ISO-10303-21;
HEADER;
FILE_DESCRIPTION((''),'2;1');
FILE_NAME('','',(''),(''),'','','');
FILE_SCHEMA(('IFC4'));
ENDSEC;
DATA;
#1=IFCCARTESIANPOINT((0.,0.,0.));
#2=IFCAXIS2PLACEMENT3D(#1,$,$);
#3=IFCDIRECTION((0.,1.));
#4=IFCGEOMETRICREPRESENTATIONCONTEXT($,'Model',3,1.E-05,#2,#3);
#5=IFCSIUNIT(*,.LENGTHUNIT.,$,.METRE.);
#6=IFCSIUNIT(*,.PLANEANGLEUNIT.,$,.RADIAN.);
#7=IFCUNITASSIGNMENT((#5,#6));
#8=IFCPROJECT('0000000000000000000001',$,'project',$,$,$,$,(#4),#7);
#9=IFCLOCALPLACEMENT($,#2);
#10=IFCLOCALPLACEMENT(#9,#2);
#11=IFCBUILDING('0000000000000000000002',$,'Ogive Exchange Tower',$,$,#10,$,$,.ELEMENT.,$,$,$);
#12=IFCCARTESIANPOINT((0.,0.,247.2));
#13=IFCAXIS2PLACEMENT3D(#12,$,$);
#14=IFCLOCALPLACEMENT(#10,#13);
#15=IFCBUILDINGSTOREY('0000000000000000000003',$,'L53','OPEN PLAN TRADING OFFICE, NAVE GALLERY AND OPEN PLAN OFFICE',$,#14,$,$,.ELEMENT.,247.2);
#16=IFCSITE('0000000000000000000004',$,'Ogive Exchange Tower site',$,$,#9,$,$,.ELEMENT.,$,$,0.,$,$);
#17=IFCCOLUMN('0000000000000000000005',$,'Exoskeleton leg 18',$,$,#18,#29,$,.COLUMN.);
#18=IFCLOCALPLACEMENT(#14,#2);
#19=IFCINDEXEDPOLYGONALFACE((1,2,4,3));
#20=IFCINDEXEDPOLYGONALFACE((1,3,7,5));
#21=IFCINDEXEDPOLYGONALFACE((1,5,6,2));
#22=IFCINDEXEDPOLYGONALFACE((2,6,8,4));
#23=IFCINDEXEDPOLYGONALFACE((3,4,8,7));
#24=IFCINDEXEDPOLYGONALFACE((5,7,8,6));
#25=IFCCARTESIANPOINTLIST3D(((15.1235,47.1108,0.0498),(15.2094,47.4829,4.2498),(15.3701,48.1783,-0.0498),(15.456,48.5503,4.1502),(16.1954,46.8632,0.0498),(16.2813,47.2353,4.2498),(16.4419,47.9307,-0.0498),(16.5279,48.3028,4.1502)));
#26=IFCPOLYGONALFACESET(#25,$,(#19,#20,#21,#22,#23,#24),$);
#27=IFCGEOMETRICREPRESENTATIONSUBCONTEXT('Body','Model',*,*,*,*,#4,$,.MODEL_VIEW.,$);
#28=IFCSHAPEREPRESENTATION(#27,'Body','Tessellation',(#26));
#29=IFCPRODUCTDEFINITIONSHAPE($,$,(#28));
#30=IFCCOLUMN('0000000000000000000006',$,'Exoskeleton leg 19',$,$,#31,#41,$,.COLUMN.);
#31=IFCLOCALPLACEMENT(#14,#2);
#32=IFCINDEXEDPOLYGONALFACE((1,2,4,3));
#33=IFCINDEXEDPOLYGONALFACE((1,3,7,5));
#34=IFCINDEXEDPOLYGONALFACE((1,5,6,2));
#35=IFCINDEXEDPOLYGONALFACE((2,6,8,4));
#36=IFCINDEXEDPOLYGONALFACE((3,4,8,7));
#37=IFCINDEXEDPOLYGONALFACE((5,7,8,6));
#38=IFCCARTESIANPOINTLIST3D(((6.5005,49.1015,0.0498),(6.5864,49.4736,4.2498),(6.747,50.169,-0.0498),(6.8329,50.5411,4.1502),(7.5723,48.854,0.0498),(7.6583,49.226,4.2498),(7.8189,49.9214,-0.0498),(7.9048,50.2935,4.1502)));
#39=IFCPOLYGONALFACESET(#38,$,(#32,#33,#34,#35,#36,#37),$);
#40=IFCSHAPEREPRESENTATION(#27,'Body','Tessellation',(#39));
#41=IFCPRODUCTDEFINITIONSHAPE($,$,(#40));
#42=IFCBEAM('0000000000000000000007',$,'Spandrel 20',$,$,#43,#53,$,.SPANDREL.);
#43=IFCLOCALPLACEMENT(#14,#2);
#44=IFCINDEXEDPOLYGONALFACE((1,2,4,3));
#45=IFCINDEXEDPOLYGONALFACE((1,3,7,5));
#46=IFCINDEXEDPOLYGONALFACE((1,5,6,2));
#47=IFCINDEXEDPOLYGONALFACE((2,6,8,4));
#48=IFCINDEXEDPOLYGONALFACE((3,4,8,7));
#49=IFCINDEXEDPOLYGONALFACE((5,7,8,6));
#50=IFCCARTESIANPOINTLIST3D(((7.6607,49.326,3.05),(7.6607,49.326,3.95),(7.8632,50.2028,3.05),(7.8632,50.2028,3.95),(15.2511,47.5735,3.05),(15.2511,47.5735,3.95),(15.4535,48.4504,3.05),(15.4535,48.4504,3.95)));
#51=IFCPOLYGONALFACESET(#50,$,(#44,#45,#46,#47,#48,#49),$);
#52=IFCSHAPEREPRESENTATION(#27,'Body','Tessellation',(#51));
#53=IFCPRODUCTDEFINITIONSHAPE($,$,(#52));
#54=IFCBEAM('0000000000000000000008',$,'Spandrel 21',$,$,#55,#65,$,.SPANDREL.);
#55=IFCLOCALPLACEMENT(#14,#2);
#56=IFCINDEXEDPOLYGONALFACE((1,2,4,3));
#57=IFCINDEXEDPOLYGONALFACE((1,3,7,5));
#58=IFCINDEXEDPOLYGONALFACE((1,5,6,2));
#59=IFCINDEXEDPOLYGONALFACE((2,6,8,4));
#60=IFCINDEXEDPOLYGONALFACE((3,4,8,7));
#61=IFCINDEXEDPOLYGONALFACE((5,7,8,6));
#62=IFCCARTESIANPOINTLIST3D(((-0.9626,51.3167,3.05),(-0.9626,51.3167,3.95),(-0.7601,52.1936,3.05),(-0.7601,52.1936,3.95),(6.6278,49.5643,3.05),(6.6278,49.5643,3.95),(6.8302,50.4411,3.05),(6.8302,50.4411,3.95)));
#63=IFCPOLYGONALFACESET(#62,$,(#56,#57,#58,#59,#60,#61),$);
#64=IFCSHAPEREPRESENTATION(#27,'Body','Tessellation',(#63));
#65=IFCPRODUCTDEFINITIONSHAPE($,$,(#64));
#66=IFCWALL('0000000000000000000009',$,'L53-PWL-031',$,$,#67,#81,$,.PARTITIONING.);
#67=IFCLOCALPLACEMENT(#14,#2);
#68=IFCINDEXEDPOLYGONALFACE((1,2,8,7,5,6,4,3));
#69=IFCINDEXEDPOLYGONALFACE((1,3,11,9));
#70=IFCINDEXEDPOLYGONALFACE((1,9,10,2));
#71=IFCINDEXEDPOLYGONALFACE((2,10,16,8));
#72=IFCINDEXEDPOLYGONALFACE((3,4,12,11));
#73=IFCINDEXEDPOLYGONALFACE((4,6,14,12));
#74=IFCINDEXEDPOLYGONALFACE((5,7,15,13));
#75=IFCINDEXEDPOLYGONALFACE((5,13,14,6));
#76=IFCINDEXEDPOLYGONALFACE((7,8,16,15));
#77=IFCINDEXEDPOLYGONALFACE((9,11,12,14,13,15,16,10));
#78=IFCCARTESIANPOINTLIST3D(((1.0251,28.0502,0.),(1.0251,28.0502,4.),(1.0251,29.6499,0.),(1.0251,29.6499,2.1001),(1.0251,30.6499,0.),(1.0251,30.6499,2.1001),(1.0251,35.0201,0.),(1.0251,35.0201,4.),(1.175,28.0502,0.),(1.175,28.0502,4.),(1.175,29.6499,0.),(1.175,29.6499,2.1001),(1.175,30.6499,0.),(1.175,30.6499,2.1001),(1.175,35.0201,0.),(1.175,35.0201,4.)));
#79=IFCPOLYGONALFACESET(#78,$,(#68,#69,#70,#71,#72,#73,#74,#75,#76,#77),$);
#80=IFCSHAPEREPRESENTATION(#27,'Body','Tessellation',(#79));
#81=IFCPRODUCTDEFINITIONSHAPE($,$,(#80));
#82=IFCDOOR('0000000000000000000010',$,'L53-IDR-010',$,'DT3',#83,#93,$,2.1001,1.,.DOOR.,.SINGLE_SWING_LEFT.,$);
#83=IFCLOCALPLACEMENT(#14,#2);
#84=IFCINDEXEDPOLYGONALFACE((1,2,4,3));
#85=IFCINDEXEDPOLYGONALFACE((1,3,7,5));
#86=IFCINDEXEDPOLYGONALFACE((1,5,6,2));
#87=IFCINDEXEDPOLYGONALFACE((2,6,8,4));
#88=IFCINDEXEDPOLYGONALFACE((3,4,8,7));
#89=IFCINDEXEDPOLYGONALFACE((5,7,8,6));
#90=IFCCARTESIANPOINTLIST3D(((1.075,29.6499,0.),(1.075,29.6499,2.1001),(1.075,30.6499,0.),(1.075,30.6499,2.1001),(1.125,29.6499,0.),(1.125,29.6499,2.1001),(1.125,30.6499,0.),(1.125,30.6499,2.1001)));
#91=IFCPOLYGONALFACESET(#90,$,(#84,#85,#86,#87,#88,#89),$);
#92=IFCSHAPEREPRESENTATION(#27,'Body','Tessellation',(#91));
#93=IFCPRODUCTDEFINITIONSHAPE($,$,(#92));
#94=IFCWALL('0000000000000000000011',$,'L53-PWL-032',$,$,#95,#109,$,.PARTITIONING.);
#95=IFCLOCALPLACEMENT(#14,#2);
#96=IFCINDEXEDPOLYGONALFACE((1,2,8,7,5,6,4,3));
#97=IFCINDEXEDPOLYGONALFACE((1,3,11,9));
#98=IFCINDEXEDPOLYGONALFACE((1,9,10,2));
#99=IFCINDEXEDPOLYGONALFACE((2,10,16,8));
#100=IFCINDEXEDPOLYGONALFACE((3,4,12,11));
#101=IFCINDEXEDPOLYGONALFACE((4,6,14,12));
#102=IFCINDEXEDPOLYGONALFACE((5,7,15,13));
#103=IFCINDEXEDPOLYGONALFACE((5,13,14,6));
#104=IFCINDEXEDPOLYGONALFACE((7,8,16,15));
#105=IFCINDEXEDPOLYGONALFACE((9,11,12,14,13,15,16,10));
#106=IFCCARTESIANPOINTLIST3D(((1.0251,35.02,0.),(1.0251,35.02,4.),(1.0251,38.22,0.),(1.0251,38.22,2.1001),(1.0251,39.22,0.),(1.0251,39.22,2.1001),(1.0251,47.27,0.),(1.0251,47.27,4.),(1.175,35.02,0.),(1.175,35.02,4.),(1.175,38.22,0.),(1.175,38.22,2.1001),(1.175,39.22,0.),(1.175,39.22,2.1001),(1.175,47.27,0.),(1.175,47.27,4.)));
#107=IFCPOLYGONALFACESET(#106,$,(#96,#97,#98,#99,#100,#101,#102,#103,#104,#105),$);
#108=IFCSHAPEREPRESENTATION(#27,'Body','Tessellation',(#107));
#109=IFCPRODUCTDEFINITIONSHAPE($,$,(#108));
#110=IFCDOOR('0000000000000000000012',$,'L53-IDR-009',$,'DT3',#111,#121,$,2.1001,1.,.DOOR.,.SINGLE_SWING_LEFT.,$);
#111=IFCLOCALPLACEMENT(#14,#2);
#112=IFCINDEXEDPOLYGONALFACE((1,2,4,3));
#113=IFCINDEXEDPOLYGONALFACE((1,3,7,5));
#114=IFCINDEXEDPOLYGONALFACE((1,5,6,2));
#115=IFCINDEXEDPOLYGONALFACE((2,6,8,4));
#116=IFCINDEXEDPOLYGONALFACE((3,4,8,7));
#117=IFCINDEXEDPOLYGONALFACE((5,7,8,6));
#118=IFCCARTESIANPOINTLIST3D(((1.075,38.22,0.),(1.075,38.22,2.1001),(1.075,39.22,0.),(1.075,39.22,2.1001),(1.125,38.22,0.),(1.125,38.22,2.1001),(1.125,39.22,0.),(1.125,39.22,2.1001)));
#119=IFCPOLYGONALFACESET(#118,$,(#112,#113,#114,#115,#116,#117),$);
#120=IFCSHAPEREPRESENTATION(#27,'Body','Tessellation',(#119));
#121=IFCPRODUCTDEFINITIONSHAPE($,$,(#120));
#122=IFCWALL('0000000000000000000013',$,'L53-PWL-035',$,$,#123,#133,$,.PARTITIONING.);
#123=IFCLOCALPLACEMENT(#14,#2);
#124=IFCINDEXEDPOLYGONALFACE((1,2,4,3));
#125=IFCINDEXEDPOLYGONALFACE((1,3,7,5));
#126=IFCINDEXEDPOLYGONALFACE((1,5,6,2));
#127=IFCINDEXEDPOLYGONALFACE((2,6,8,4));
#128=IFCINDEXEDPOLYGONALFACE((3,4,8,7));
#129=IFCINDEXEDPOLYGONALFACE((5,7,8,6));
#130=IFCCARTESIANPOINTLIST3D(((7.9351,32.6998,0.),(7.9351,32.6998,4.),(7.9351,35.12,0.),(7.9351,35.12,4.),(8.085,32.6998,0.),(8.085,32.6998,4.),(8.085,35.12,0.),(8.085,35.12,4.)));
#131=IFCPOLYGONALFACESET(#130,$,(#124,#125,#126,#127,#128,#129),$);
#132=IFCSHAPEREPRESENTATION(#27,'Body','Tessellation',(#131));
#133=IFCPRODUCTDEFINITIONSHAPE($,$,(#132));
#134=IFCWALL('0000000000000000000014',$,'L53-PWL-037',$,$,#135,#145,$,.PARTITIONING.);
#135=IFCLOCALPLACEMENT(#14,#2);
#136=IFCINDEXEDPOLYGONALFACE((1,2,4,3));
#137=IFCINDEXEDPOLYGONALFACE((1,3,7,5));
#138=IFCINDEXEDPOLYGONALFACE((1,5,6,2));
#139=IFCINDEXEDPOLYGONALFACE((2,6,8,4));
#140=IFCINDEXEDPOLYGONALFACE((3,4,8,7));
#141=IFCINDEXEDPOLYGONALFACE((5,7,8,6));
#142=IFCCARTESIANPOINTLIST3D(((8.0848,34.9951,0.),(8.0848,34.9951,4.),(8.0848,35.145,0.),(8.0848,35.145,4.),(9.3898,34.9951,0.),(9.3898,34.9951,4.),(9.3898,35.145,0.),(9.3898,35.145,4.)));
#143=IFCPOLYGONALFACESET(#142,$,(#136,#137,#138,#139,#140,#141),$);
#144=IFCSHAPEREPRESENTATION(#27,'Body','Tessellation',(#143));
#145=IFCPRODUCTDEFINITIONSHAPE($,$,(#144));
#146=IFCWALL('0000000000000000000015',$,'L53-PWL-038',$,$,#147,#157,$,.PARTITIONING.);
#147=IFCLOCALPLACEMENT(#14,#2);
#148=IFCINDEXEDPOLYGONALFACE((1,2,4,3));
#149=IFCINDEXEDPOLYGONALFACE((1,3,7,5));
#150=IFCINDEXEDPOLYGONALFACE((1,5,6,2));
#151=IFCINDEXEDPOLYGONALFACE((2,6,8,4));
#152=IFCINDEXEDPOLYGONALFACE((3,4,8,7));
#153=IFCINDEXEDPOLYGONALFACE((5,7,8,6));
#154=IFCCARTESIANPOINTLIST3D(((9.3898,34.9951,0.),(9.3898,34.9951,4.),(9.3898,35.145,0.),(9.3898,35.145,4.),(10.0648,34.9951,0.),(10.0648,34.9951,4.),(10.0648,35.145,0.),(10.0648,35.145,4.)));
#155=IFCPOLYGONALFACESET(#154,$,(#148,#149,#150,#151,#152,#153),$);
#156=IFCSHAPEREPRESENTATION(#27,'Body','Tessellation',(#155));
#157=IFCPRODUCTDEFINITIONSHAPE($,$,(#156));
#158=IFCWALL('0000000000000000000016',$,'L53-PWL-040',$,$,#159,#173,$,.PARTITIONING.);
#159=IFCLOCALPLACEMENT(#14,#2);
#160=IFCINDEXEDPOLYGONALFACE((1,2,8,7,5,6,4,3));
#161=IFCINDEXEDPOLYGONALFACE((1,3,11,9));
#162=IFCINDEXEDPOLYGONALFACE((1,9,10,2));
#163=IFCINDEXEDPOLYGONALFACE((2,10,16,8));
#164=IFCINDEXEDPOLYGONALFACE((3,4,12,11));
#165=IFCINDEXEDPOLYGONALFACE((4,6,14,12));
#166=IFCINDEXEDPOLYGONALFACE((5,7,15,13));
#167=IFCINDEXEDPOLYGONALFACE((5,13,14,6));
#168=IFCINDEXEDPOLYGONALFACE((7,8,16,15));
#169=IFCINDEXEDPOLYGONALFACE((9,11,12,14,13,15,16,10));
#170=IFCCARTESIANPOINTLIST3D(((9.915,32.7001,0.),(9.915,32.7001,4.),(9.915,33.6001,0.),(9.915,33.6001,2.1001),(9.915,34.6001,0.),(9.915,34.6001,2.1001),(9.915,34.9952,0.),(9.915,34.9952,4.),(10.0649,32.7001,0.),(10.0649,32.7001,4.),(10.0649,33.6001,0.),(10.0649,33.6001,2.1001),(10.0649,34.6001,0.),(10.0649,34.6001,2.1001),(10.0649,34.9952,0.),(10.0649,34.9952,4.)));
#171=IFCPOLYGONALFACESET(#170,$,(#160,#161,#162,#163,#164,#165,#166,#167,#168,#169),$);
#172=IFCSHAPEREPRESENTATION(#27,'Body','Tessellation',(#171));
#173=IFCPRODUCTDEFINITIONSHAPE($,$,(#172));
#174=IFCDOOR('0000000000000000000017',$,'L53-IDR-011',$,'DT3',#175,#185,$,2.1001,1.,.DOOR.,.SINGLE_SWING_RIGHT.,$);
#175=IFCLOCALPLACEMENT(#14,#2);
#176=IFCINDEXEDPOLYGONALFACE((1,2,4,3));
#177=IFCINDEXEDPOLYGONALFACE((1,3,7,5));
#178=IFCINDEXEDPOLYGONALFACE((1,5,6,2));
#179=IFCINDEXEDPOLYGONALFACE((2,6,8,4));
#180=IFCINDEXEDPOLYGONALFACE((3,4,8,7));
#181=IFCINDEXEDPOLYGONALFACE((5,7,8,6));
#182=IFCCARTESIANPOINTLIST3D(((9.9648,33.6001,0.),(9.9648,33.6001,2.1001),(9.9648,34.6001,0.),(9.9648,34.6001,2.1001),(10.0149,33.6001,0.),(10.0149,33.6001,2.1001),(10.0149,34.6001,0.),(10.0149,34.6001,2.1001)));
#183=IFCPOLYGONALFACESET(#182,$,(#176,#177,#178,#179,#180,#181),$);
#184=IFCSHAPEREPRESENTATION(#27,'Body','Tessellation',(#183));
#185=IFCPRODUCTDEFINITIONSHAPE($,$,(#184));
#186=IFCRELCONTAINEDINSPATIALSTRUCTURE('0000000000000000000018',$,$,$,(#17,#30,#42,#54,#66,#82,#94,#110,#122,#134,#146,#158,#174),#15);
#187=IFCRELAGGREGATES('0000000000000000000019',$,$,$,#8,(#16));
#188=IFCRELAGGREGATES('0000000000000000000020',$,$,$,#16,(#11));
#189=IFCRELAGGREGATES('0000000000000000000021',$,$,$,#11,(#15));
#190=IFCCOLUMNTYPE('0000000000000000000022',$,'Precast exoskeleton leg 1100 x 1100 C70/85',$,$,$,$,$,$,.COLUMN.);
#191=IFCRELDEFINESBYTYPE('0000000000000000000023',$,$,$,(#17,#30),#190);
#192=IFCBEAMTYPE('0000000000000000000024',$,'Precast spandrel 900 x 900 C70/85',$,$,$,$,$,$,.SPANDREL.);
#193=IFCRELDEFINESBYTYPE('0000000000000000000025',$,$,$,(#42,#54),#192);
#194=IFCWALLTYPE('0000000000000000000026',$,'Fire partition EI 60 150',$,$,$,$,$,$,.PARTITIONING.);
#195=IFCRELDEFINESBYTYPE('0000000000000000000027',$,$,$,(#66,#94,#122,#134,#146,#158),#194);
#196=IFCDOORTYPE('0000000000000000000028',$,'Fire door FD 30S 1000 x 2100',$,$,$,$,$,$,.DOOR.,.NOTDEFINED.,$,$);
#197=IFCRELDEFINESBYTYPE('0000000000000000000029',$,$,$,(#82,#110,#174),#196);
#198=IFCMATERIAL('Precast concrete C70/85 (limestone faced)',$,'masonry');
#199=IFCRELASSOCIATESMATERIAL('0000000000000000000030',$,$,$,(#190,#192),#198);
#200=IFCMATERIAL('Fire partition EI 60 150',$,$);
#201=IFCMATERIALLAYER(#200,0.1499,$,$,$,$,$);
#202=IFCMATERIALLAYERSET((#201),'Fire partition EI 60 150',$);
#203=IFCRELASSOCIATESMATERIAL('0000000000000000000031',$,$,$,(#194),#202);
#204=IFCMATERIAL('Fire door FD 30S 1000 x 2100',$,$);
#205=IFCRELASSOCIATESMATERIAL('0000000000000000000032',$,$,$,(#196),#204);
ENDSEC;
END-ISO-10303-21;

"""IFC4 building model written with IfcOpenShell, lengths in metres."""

from ifc_helpers import new_model, si_unit, direction, frame, frame_2d, origin, origin_2d, place, context, subcontext, project, spatial, rectangle, extrude, material, layer, layer_set, material_profile, profile_set, type_object, element, fill, save


model = new_model("IFC4")

# Units and contexts
model_context = context("Model", 3, precision=1e-05, world=origin(), true_north=direction((0.0, 1.0)))
body_context = subcontext(model_context, "Body", "Model", "MODEL_VIEW")
ifc_project = project(units=[si_unit("LENGTHUNIT", "METRE"), si_unit("PLANEANGLEUNIT", "RADIAN")], contexts=[model_context])

# Site, building, storey
site_placement = place(None, origin())
site = spatial("IfcSite", under=ifc_project, at=site_placement, Name="Ogive Exchange Tower site", CompositionType="ELEMENT", RefElevation=0.0)
building_placement = place(site_placement, origin())
building = spatial("IfcBuilding", under=site, at=building_placement, Name="Ogive Exchange Tower", CompositionType="ELEMENT")
storey_placement = place(building_placement, frame((0.0, 0.0, 247.2)))
storey = spatial("IfcBuildingStorey", under=building, at=storey_placement, Name="L53", Description="OPEN PLAN TRADING OFFICE, NAVE GALLERY AND OPEN PLAN OFFICE", CompositionType="ELEMENT", Elevation=247.2)

# Columns
ifc_material_1 = material(Name="Precast concrete C70/85 (limestone faced)", Category="masonry")
ifc_material_profile_1 = material_profile(ifc_material_1, rectangle(XDim=1.1001, YDim=1.1001, at=origin_2d()), Name="1100 x 1100")
ifc_profile_set_1 = profile_set([ifc_material_profile_1], Name="Precast concrete C70/85 (limestone faced)")
column_type = type_object("IfcColumnType", Name="Precast exoskeleton leg 1100 x 1100 C70/85", PredefinedType="COLUMN", material=ifc_profile_set_1)
for number, where, z_axis, x_axis, name in (
    (1, (15.7827, 47.5208, 0.0), (0.020377, 0.088225, 0.995892), (-0.974348, 0.225046, 0.0), "Exoskeleton leg 18"),
    (2, (7.1597, 49.5115, 0.0), (0.020377, 0.088225, 0.995892), (-0.974348, 0.225046, 0.0), "Exoskeleton leg 19"),
):
    element("IfcColumn", number, at=place(storey_placement, frame(where, z_axis=z_axis, x_axis=x_axis)), inside=storey, type_object=column_type, Name=name, PredefinedType="COLUMN", context=body_context, shape_type="SweptSolid", body=[
        extrude(rectangle(XDim=1.1001, YDim=1.1001, at=origin_2d()), origin(), (0.0, 0.0, 1.0), 4.2173),
    ])

# Beams
ifc_material_profile_2 = material_profile(ifc_material_1, rectangle(XDim=0.8999, YDim=0.8999, at=origin_2d()), Name="900 x 900")
ifc_profile_set_2 = profile_set([ifc_material_profile_2], Name="Precast concrete C70/85 (limestone faced)")
beam_type = type_object("IfcBeamType", Name="Precast spandrel 900 x 900 C70/85", PredefinedType="SPANDREL", material=ifc_profile_set_2)
for number, where, z_axis, x_axis, name in (
    (3, (15.3523, 48.012, 3.5), (-0.974368, 0.22496, 0.0), (-0.22496, -0.974368, 0.0), "Spandrel 20"),
    (4, (6.729, 50.0027, 3.5), (-0.974368, 0.22496, 0.0), (-0.22496, -0.974368, 0.0), "Spandrel 21"),
):
    element("IfcBeam", number, at=place(storey_placement, frame(where, z_axis=z_axis, x_axis=x_axis)), inside=storey, type_object=beam_type, Name=name, PredefinedType="SPANDREL", context=body_context, shape_type="SweptSolid", body=[
        extrude(rectangle(XDim=0.8999, YDim=0.8999, at=origin_2d()), origin(), (0.0, 0.0, 1.0), 7.79),
    ])

# Walls, openings, doors
ifc_material_2 = material(Name="Fire partition EI 60 150")
ifc_layer_1 = layer(ifc_material_2, 0.1499)
ifc_layer_set_1 = layer_set([ifc_layer_1], Name="Fire partition EI 60 150")
wall_type_1 = type_object("IfcWallType", Name="Fire partition EI 60 150", PredefinedType="PARTITIONING", material=ifc_layer_set_1)
wall_1_placement = place(storey_placement, frame((1.1001, 35.02, 0.0), z_axis=(0.0, 0.0, 1.0), x_axis=(0.0, -1.0, 0.0)))
wall_1 = element("IfcWall", 5, at=wall_1_placement, inside=storey, type_object=wall_type_1, Name="L53-PWL-031", PredefinedType="PARTITIONING", context=body_context, shape_type="SweptSolid", body=[
    extrude(rectangle(XDim=6.97, YDim=0.1499, at=frame_2d((3.4849, 0.0))), origin(), (0.0, 0.0, 1.0), 4.0),
])
opening_1_placement = place(wall_1_placement, frame((4.3701, 0.0, 0.0)))
opening_1 = element("IfcOpeningElement", 6, at=opening_1_placement, cuts=wall_1, PredefinedType="OPENING", context=body_context, shape_type="SweptSolid", body=[
    extrude(rectangle(XDim=1.0, YDim=2.1001, at=frame_2d((0.5, 1.05))), frame((0.0, 0.085, 0.0), z_axis=(0.0, -1.0, 0.0), x_axis=(1.0, 0.0, 0.0)), (0.0, 0.0, 1.0), 0.1699),
])
ifc_material_3 = material(Name="Fire door FD 30S 1000 x 2100")
door_type_1 = type_object("IfcDoorType", Name="Fire door FD 30S 1000 x 2100", OperationType="NOTDEFINED", PredefinedType="DOOR", material=ifc_material_3)
door_1_placement = place(opening_1_placement, origin())
door_1 = element("IfcDoor", 7, at=door_1_placement, inside=storey, type_object=door_type_1, Name="L53-IDR-010", ObjectType="DT3", OperationType="SINGLE_SWING_LEFT", OverallHeight=2.1001, OverallWidth=1.0, PredefinedType="DOOR", context=body_context, shape_type="SweptSolid", body=[
    extrude(rectangle(XDim=1.0, YDim=2.1001, at=frame_2d((0.5, 1.05))), frame((0.0, 0.0249, 0.0), z_axis=(0.0, -1.0, 0.0), x_axis=(1.0, 0.0, 0.0)), (0.0, 0.0, 1.0), 0.05),
])
fill(opening_1, door_1)
wall_2_placement = place(storey_placement, frame((1.1001, 47.27, 0.0), z_axis=(0.0, 0.0, 1.0), x_axis=(0.0, -1.0, 0.0)))
wall_2 = element("IfcWall", 8, at=wall_2_placement, inside=storey, type_object=wall_type_1, Name="L53-PWL-032", PredefinedType="PARTITIONING", context=body_context, shape_type="SweptSolid", body=[
    extrude(rectangle(XDim=12.25, YDim=0.1499, at=frame_2d((6.125, 0.0))), origin(), (0.0, 0.0, 1.0), 4.0),
])
opening_2_placement = place(wall_2_placement, frame((8.05, 0.0, 0.0)))
opening_2 = element("IfcOpeningElement", 9, at=opening_2_placement, cuts=wall_2, PredefinedType="OPENING", context=body_context, shape_type="SweptSolid", body=[
    extrude(rectangle(XDim=1.0, YDim=2.1001, at=frame_2d((0.5, 1.05))), frame((0.0, 0.085, 0.0), z_axis=(0.0, -1.0, 0.0), x_axis=(1.0, 0.0, 0.0)), (0.0, 0.0, 1.0), 0.1699),
])
door_2_placement = place(opening_2_placement, origin())
door_2 = element("IfcDoor", 10, at=door_2_placement, inside=storey, type_object=door_type_1, Name="L53-IDR-009", ObjectType="DT3", OperationType="SINGLE_SWING_LEFT", OverallHeight=2.1001, OverallWidth=1.0, PredefinedType="DOOR", context=body_context, shape_type="SweptSolid", body=[
    extrude(rectangle(XDim=1.0, YDim=2.1001, at=frame_2d((0.5, 1.05))), frame((0.0, 0.0249, 0.0), z_axis=(0.0, -1.0, 0.0), x_axis=(1.0, 0.0, 0.0)), (0.0, 0.0, 1.0), 0.05),
])
fill(opening_2, door_2)

# Walls
wall_3_placement = place(storey_placement, frame((8.01, 32.7, 0.0), z_axis=(0.0, 0.0, 1.0), x_axis=(0.0, 1.0, 0.0)))
element("IfcWall", 11, at=wall_3_placement, inside=storey, type_object=wall_type_1, Name="L53-PWL-035", PredefinedType="PARTITIONING", context=body_context, shape_type="SweptSolid", body=[
    extrude(rectangle(XDim=2.4202, YDim=0.1499, at=frame_2d((1.21, 0.0))), origin(), (0.0, 0.0, 1.0), 4.0),
])
wall_4_placement = place(storey_placement, frame((8.085, 35.0701, 0.0), z_axis=(0.0, 0.0, 1.0), x_axis=(1.0, 0.0, 0.0)))
element("IfcWall", 12, at=wall_4_placement, inside=storey, type_object=wall_type_1, Name="L53-PWL-037", PredefinedType="PARTITIONING", context=body_context, shape_type="SweptSolid", body=[
    extrude(rectangle(XDim=1.3049, YDim=0.1499, at=frame_2d((0.6523, 0.0))), origin(), (0.0, 0.0, 1.0), 4.0),
])
wall_5_placement = place(storey_placement, frame((9.3899, 35.0701, 0.0), z_axis=(0.0, 0.0, 1.0), x_axis=(1.0, 0.0, 0.0)))
element("IfcWall", 13, at=wall_5_placement, inside=storey, type_object=wall_type_1, Name="L53-PWL-038", PredefinedType="PARTITIONING", context=body_context, shape_type="SweptSolid", body=[
    extrude(rectangle(XDim=0.675, YDim=0.1499, at=frame_2d((0.3374, 0.0))), origin(), (0.0, 0.0, 1.0), 4.0),
])

# Wall, opening, door
wall_6_placement = place(storey_placement, frame((9.99, 34.9951, 0.0), z_axis=(0.0, 0.0, 1.0), x_axis=(0.0, -1.0, 0.0)))
wall_6 = element("IfcWall", 14, at=wall_6_placement, inside=storey, type_object=wall_type_1, Name="L53-PWL-040", PredefinedType="PARTITIONING", context=body_context, shape_type="SweptSolid", body=[
    extrude(rectangle(XDim=2.2952, YDim=0.1499, at=frame_2d((1.1475, 0.0))), origin(), (0.0, 0.0, 1.0), 4.0),
])
opening_3_placement = place(wall_6_placement, frame((0.395, 0.0, 0.0)))
opening_3 = element("IfcOpeningElement", 15, at=opening_3_placement, cuts=wall_6, PredefinedType="OPENING", context=body_context, shape_type="SweptSolid", body=[
    extrude(rectangle(XDim=1.0, YDim=2.1001, at=frame_2d((0.5, 1.05))), frame((0.0, 0.085, 0.0), z_axis=(0.0, -1.0, 0.0), x_axis=(1.0, 0.0, 0.0)), (0.0, 0.0, 1.0), 0.1699),
])
door_3_placement = place(opening_3_placement, origin())
door_3 = element("IfcDoor", 16, at=door_3_placement, inside=storey, type_object=door_type_1, Name="L53-IDR-011", ObjectType="DT3", OperationType="SINGLE_SWING_RIGHT", OverallHeight=2.1001, OverallWidth=1.0, PredefinedType="DOOR", context=body_context, shape_type="SweptSolid", body=[
    extrude(rectangle(XDim=1.0, YDim=2.1001, at=frame_2d((0.5, 1.05))), frame((0.0, 0.0249, 0.0), z_axis=(0.0, -1.0, 0.0), x_axis=(1.0, 0.0, 0.0)), (0.0, 0.0, 1.0), 0.05),
])
fill(opening_3, door_3)

save(model, "model.ifc")
